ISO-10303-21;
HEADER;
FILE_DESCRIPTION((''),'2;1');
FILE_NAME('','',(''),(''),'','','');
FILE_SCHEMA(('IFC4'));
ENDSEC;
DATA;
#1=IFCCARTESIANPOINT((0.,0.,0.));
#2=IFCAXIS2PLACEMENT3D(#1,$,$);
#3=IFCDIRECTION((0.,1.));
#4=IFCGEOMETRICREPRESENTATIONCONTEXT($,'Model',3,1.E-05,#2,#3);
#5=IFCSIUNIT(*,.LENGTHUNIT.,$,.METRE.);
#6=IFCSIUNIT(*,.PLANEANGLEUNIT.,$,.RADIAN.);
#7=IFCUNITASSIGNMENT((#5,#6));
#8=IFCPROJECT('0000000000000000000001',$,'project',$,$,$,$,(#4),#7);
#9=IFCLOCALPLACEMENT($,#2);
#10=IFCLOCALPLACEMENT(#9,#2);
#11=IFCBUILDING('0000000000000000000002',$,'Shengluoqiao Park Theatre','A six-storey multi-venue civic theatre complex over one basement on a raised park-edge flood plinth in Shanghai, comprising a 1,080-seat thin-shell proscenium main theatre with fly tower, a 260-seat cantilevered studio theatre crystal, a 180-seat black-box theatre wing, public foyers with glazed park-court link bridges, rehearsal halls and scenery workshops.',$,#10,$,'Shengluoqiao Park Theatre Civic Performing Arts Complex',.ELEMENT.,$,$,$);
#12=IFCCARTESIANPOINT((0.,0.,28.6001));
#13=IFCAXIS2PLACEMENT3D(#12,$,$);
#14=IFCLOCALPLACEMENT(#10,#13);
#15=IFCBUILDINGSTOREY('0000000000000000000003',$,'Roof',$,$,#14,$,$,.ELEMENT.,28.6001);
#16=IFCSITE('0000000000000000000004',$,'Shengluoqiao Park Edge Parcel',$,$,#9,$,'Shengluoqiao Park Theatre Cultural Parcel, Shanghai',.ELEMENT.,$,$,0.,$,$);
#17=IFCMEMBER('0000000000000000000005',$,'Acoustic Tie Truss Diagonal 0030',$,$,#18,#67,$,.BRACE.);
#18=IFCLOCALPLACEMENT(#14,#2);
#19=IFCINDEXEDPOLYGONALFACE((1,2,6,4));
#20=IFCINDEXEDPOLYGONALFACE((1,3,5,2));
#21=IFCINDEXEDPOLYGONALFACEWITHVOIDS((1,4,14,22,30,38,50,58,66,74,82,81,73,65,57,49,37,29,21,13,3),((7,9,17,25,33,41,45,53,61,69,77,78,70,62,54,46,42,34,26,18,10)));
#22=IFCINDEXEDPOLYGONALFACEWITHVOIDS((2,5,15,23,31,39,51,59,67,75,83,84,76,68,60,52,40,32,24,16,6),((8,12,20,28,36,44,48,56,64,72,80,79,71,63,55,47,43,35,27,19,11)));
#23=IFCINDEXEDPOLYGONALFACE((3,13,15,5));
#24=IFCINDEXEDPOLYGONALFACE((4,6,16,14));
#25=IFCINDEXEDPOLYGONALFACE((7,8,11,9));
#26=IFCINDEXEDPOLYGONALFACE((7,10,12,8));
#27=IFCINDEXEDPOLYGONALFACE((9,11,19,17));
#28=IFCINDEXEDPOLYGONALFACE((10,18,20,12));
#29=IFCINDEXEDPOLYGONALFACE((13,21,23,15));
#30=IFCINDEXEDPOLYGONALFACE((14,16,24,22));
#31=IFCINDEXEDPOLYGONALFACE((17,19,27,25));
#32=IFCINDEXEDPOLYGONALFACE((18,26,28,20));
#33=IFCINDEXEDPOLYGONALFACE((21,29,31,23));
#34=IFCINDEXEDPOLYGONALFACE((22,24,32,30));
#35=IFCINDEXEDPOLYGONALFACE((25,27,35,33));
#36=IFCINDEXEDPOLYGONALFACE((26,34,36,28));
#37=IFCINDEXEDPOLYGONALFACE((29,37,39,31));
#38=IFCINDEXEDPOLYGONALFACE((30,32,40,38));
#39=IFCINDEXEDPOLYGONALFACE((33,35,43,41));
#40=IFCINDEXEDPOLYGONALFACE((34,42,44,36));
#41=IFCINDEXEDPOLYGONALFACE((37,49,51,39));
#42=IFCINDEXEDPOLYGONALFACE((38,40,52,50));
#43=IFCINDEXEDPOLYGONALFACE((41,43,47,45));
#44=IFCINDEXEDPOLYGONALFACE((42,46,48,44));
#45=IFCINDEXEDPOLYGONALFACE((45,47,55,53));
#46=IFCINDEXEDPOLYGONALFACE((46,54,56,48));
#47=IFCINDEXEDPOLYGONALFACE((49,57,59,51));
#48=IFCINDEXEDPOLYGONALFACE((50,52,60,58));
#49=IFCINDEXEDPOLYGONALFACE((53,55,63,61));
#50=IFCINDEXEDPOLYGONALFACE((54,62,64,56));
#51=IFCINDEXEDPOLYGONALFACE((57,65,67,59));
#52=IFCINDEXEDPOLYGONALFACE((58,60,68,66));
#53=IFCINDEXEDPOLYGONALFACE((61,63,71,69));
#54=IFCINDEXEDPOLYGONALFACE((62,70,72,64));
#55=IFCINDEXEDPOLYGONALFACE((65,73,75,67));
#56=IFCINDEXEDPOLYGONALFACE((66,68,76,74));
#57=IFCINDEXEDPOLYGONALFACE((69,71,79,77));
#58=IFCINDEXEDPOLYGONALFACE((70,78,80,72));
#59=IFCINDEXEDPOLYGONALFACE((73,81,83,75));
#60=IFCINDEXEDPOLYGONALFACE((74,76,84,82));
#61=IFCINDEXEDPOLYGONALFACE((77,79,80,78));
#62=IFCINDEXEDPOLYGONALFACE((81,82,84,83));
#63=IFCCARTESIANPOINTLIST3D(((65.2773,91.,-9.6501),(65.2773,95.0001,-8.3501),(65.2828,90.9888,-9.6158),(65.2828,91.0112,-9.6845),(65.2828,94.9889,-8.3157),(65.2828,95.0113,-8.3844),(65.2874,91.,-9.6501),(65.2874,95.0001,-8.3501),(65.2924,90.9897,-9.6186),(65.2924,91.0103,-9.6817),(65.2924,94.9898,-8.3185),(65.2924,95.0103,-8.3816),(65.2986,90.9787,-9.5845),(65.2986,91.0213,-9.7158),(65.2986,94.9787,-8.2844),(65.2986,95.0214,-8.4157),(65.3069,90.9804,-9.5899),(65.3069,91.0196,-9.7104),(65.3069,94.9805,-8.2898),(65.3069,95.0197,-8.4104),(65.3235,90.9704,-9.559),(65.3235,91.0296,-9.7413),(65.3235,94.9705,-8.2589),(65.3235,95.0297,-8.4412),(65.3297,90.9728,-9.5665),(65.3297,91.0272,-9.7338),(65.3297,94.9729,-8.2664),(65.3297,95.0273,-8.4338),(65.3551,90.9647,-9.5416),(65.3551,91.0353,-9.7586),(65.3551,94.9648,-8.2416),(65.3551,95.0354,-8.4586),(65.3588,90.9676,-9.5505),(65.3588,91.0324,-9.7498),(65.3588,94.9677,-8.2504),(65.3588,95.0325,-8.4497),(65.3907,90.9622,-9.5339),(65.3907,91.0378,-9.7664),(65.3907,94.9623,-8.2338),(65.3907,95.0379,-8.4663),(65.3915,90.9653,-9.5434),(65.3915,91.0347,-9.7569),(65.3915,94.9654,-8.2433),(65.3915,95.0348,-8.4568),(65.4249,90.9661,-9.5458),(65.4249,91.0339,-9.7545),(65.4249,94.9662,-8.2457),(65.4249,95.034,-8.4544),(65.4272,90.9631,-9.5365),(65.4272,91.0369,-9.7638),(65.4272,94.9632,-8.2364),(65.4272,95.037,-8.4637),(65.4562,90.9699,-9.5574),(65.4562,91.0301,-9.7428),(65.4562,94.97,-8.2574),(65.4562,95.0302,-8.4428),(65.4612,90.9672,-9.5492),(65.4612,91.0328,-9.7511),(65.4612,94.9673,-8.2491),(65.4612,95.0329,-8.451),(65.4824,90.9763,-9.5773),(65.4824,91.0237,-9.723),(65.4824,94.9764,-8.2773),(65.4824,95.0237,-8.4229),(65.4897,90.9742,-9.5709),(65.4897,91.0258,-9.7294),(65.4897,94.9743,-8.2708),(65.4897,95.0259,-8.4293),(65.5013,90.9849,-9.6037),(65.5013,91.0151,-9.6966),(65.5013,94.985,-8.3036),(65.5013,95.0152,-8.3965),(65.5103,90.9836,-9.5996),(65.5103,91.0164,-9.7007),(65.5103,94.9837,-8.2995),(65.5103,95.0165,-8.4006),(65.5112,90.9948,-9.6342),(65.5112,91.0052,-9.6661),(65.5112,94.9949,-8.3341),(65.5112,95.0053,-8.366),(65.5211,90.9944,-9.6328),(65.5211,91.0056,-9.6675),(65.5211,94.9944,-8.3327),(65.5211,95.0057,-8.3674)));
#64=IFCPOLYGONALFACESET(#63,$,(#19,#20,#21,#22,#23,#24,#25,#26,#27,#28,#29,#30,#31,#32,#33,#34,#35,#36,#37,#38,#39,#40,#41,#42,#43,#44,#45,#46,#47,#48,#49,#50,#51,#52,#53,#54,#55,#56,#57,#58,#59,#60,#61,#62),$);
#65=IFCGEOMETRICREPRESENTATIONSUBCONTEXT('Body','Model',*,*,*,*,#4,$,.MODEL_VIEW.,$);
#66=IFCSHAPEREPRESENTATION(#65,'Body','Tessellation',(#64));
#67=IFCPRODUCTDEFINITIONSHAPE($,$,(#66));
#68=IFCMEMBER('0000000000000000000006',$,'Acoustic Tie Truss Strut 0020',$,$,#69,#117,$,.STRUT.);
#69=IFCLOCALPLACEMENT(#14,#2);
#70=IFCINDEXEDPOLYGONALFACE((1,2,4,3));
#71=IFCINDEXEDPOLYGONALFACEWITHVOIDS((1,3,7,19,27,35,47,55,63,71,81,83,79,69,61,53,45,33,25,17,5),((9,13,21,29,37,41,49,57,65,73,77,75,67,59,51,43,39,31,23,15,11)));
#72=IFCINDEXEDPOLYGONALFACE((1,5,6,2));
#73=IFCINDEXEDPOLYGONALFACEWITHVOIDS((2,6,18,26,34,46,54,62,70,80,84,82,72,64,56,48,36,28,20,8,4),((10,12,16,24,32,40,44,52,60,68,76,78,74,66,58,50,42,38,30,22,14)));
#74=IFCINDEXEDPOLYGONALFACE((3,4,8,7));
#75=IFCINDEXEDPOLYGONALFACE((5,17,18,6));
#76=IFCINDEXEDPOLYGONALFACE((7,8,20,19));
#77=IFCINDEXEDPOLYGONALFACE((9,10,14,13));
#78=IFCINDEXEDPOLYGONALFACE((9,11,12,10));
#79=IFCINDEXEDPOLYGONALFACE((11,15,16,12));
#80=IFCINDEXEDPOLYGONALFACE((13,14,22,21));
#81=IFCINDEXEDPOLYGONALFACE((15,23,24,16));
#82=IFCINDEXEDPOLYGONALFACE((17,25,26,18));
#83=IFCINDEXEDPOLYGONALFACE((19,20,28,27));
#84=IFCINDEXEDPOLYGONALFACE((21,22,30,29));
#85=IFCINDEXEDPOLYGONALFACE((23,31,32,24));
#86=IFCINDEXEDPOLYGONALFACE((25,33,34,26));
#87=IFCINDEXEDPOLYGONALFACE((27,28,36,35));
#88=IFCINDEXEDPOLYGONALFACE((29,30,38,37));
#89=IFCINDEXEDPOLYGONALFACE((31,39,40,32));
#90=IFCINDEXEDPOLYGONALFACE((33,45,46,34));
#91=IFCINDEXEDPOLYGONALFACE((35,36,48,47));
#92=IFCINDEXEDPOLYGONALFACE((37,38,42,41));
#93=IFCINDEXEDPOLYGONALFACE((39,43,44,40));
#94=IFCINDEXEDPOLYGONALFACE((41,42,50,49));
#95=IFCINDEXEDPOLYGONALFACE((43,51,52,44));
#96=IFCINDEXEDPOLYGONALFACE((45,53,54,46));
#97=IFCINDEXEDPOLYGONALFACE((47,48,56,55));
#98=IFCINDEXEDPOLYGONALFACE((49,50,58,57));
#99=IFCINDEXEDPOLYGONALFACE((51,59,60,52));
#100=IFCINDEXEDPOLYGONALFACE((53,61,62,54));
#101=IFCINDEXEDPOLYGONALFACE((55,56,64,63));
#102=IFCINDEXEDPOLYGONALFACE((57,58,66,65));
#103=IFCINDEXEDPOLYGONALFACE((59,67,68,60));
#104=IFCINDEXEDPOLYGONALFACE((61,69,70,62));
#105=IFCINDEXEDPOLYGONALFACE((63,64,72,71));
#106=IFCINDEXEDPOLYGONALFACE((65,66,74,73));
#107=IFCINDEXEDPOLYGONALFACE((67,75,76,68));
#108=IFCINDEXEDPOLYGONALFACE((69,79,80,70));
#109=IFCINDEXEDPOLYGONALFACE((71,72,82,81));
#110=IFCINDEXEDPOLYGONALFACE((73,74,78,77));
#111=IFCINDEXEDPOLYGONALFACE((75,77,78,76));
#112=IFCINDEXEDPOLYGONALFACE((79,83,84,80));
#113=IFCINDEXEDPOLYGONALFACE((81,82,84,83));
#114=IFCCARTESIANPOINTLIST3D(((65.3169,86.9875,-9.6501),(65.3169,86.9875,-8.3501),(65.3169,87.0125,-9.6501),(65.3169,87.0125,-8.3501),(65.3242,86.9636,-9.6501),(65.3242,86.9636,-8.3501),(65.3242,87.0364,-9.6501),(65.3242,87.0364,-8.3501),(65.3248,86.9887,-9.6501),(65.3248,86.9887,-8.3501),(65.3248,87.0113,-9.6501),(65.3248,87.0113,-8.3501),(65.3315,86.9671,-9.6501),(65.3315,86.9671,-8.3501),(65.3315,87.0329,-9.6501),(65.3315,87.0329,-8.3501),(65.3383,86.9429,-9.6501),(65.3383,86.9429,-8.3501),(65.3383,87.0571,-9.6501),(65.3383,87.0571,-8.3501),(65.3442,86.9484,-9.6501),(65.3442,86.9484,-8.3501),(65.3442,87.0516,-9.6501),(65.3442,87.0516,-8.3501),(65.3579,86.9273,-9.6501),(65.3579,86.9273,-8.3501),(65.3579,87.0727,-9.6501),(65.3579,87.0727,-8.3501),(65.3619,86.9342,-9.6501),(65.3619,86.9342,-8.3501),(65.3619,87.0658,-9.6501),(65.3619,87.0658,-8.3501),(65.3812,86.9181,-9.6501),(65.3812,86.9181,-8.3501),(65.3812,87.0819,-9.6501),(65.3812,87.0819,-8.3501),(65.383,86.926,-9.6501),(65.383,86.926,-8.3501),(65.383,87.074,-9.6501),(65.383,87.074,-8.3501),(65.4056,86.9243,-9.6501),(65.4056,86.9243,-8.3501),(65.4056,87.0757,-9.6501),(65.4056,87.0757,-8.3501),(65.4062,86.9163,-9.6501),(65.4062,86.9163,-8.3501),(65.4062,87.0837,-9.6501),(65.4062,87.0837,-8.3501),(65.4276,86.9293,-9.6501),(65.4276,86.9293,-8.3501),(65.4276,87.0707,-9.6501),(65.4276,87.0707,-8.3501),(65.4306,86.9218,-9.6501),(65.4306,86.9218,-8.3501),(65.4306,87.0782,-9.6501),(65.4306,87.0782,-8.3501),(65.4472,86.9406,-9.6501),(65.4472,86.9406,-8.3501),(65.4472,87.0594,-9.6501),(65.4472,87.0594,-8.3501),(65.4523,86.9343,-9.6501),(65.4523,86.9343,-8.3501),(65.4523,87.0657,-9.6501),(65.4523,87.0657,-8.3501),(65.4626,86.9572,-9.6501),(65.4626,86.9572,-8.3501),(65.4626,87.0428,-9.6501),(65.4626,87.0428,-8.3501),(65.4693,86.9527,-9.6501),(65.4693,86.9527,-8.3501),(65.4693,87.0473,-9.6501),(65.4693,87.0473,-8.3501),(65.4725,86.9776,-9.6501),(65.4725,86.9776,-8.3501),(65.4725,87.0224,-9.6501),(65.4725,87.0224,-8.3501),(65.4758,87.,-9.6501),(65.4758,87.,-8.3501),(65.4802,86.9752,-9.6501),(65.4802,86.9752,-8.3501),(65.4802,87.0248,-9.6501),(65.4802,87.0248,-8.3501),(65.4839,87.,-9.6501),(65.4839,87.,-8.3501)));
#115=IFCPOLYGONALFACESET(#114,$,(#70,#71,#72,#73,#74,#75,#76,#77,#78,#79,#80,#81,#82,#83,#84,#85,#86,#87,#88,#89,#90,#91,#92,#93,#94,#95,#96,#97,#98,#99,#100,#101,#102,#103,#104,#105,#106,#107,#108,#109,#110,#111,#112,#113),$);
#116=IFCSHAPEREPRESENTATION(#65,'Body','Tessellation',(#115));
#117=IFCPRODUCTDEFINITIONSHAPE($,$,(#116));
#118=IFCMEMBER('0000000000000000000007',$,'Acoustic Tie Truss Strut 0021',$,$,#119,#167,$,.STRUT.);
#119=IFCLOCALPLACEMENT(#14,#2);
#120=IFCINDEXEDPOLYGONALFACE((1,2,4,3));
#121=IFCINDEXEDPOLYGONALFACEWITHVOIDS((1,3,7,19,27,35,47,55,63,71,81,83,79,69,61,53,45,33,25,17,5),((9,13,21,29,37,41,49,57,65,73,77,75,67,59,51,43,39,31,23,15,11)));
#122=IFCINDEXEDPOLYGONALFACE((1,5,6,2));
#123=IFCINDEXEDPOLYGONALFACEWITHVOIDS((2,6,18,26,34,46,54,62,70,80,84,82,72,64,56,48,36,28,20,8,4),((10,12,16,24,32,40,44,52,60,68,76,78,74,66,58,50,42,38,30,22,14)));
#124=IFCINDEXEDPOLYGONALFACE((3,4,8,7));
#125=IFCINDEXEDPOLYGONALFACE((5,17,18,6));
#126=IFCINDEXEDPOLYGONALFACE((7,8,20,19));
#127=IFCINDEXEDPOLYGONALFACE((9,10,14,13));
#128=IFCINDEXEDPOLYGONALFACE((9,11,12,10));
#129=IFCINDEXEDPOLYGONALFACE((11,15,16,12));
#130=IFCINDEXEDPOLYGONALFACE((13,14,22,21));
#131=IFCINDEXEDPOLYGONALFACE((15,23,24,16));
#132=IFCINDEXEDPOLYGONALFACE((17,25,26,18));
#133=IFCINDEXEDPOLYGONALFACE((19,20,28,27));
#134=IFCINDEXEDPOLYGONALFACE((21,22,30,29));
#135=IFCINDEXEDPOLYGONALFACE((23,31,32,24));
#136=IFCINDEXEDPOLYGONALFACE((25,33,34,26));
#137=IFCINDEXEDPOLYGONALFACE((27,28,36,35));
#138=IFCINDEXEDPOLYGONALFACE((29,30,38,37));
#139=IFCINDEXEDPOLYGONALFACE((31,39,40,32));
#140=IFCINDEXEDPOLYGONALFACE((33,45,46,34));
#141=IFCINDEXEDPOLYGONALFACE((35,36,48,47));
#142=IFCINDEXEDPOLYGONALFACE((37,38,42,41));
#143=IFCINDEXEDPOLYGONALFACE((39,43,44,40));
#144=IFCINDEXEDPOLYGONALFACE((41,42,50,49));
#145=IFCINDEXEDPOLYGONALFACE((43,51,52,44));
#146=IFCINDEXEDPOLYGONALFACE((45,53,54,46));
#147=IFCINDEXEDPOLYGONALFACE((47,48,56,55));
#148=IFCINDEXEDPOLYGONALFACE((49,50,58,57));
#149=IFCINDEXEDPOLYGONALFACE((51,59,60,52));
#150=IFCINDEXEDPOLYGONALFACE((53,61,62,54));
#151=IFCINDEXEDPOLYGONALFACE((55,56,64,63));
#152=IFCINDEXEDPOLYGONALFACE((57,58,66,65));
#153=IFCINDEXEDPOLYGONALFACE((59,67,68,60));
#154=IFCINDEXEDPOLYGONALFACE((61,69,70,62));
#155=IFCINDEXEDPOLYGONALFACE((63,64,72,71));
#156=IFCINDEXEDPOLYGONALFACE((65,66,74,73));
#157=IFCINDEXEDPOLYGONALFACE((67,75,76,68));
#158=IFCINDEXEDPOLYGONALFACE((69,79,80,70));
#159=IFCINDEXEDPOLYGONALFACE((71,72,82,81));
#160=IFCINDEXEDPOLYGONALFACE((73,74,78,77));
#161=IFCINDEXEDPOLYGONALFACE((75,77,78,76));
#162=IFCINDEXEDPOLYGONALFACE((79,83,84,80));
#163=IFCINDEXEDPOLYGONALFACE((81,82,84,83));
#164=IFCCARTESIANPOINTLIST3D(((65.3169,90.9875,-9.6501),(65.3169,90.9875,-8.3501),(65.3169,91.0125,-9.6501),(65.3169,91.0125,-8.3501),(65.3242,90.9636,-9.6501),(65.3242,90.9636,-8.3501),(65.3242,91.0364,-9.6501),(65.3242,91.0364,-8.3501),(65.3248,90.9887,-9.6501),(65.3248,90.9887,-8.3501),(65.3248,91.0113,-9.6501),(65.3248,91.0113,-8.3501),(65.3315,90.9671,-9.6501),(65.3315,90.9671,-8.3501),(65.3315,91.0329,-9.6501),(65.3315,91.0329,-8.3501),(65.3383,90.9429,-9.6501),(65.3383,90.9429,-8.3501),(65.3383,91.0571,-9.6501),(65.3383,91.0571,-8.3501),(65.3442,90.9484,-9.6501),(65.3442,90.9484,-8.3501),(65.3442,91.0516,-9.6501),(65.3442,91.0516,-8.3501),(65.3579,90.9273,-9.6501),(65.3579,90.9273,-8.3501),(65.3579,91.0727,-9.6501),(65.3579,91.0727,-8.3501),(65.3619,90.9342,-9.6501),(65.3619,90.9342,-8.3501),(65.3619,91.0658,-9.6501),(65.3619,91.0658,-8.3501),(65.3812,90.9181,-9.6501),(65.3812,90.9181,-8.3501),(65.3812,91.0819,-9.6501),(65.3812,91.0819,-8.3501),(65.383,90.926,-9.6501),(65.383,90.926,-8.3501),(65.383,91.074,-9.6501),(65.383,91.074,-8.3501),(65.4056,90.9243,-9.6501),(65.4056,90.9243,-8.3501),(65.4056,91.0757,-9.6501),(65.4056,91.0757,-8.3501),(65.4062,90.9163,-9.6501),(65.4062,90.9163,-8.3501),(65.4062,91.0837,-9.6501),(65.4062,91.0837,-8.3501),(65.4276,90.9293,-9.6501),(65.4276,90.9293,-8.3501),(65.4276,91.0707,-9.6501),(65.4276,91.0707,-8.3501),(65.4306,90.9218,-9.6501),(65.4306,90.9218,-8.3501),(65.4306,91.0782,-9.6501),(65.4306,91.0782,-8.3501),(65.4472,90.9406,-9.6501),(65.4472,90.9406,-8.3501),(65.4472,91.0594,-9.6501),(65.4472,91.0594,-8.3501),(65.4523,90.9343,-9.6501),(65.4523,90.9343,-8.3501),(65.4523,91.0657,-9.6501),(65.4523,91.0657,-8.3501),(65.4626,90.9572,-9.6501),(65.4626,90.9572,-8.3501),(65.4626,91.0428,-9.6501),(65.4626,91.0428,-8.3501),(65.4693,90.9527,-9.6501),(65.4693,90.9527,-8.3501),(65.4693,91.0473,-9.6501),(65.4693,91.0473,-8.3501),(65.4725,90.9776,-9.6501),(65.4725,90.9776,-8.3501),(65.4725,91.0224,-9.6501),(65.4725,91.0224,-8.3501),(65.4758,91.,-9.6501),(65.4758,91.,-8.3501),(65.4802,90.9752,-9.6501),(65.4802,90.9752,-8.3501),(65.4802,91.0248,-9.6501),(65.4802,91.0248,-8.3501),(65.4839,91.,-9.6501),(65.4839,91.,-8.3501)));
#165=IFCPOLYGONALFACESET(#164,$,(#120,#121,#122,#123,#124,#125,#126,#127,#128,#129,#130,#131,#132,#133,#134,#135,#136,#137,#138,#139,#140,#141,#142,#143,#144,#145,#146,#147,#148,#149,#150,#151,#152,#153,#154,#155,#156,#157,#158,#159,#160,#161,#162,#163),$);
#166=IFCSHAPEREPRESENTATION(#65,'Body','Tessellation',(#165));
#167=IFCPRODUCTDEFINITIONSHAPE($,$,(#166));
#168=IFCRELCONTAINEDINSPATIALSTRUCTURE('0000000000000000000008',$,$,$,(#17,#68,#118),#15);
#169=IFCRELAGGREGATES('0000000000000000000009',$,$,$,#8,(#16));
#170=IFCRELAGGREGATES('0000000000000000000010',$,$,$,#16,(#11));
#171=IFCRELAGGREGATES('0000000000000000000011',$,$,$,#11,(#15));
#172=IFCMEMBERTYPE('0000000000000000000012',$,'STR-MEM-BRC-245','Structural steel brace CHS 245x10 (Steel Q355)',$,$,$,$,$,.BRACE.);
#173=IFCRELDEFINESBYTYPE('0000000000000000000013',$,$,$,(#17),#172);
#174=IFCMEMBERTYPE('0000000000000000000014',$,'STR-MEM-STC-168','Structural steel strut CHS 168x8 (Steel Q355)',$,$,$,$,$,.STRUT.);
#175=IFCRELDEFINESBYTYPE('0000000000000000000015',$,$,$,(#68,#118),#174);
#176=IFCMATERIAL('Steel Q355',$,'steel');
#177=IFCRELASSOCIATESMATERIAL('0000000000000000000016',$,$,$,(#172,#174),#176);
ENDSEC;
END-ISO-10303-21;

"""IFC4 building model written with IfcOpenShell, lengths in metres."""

from ifc_helpers import new_model, si_unit, direction, frame, origin, origin_2d, place, context, subcontext, project, spatial, hollow_circle, extrude, material, material_profile, profile_set, type_object, element, save


model = new_model("IFC4")

# Units and contexts
model_context = context("Model", 3, precision=1e-05, world=origin(), true_north=direction((0.0, 1.0)))
body_context = subcontext(model_context, "Body", "Model", "MODEL_VIEW")
ifc_project = project(units=[si_unit("LENGTHUNIT", "METRE"), si_unit("PLANEANGLEUNIT", "RADIAN")], contexts=[model_context])

# Site, building, storey
site_placement = place(None, origin())
site = spatial("IfcSite", under=ifc_project, at=site_placement, Name="Shengluoqiao Park Edge Parcel", LongName="Shengluoqiao Park Theatre Cultural Parcel, Shanghai", CompositionType="ELEMENT", RefElevation=0.0)
building_placement = place(site_placement, origin())
building = spatial("IfcBuilding", under=site, at=building_placement, Name="Shengluoqiao Park Theatre", Description="A six-storey multi-venue civic theatre complex over one basement on a raised park-edge flood plinth in Shanghai, comprising a 1,080-seat thin-shell proscenium main theatre with fly tower, a 260-seat cantilevered studio theatre crystal, a 180-seat black-box theatre wing, public foyers with glazed park-court link bridges, rehearsal halls and scenery workshops.", LongName="Shengluoqiao Park Theatre Civic Performing Arts Complex", CompositionType="ELEMENT")
storey_placement = place(building_placement, frame((0.0, 0.0, 28.6001)))
storey = spatial("IfcBuildingStorey", under=building, at=storey_placement, Name="Roof", CompositionType="ELEMENT", Elevation=28.6001)

# Shared definitions
ifc_material_1 = material(Name="Steel Q355", Category="steel")

# Members
ifc_material_profile_1 = material_profile(ifc_material_1, hollow_circle(Radius=0.1226, WallThickness=0.01, at=origin_2d()), Name="CHS 245x10")
ifc_profile_set_1 = profile_set([ifc_material_profile_1], Name="Steel Q355")
member_type_1 = type_object("IfcMemberType", Name="STR-MEM-BRC-245", Description="Structural steel brace CHS 245x10 (Steel Q355)", PredefinedType="BRACE", material=ifc_profile_set_1)
for number, where, z_axis, x_axis, name in (
    (1, (65.3999, 91.0, -9.6501), (0.0, 0.951031, 0.309097), (-1.0, 0.0, 0.0), "Acoustic Tie Truss Diagonal 0030"),
):
    element("IfcMember", number, at=place(storey_placement, frame(where, z_axis=z_axis, x_axis=x_axis)), inside=storey, type_object=member_type_1, Name=name, PredefinedType="BRACE", context=body_context, shape_type="SweptSolid", body=[
        extrude(hollow_circle(Radius=0.1226, WallThickness=0.01, at=origin_2d()), origin(), (0.0, 0.0, 1.0), 4.2061),
    ])
ifc_material_profile_2 = material_profile(ifc_material_1, hollow_circle(Radius=0.084, WallThickness=0.0081, at=origin_2d()), Name="CHS 168x8")
ifc_profile_set_2 = profile_set([ifc_material_profile_2], Name="Steel Q355")
member_type_2 = type_object("IfcMemberType", Name="STR-MEM-STC-168", Description="Structural steel strut CHS 168x8 (Steel Q355)", PredefinedType="STRUT", material=ifc_profile_set_2)
for number, where, z_axis, x_axis, name in (
    (2, (65.3999, 87.0, -9.6501), (0.0, 0.0, 1.0), (1.0, 0.0, 0.0), "Acoustic Tie Truss Strut 0020"),
    (3, (65.3999, 91.0, -9.6501), (0.0, 0.0, 1.0), (1.0, 0.0, 0.0), "Acoustic Tie Truss Strut 0021"),
):
    element("IfcMember", number, at=place(storey_placement, frame(where, z_axis=z_axis, x_axis=x_axis)), inside=storey, type_object=member_type_2, Name=name, PredefinedType="STRUT", context=body_context, shape_type="SweptSolid", body=[
        extrude(hollow_circle(Radius=0.084, WallThickness=0.0081, at=origin_2d()), origin(), (0.0, 0.0, 1.0), 1.3),
    ])

save(model, "model.ifc")
